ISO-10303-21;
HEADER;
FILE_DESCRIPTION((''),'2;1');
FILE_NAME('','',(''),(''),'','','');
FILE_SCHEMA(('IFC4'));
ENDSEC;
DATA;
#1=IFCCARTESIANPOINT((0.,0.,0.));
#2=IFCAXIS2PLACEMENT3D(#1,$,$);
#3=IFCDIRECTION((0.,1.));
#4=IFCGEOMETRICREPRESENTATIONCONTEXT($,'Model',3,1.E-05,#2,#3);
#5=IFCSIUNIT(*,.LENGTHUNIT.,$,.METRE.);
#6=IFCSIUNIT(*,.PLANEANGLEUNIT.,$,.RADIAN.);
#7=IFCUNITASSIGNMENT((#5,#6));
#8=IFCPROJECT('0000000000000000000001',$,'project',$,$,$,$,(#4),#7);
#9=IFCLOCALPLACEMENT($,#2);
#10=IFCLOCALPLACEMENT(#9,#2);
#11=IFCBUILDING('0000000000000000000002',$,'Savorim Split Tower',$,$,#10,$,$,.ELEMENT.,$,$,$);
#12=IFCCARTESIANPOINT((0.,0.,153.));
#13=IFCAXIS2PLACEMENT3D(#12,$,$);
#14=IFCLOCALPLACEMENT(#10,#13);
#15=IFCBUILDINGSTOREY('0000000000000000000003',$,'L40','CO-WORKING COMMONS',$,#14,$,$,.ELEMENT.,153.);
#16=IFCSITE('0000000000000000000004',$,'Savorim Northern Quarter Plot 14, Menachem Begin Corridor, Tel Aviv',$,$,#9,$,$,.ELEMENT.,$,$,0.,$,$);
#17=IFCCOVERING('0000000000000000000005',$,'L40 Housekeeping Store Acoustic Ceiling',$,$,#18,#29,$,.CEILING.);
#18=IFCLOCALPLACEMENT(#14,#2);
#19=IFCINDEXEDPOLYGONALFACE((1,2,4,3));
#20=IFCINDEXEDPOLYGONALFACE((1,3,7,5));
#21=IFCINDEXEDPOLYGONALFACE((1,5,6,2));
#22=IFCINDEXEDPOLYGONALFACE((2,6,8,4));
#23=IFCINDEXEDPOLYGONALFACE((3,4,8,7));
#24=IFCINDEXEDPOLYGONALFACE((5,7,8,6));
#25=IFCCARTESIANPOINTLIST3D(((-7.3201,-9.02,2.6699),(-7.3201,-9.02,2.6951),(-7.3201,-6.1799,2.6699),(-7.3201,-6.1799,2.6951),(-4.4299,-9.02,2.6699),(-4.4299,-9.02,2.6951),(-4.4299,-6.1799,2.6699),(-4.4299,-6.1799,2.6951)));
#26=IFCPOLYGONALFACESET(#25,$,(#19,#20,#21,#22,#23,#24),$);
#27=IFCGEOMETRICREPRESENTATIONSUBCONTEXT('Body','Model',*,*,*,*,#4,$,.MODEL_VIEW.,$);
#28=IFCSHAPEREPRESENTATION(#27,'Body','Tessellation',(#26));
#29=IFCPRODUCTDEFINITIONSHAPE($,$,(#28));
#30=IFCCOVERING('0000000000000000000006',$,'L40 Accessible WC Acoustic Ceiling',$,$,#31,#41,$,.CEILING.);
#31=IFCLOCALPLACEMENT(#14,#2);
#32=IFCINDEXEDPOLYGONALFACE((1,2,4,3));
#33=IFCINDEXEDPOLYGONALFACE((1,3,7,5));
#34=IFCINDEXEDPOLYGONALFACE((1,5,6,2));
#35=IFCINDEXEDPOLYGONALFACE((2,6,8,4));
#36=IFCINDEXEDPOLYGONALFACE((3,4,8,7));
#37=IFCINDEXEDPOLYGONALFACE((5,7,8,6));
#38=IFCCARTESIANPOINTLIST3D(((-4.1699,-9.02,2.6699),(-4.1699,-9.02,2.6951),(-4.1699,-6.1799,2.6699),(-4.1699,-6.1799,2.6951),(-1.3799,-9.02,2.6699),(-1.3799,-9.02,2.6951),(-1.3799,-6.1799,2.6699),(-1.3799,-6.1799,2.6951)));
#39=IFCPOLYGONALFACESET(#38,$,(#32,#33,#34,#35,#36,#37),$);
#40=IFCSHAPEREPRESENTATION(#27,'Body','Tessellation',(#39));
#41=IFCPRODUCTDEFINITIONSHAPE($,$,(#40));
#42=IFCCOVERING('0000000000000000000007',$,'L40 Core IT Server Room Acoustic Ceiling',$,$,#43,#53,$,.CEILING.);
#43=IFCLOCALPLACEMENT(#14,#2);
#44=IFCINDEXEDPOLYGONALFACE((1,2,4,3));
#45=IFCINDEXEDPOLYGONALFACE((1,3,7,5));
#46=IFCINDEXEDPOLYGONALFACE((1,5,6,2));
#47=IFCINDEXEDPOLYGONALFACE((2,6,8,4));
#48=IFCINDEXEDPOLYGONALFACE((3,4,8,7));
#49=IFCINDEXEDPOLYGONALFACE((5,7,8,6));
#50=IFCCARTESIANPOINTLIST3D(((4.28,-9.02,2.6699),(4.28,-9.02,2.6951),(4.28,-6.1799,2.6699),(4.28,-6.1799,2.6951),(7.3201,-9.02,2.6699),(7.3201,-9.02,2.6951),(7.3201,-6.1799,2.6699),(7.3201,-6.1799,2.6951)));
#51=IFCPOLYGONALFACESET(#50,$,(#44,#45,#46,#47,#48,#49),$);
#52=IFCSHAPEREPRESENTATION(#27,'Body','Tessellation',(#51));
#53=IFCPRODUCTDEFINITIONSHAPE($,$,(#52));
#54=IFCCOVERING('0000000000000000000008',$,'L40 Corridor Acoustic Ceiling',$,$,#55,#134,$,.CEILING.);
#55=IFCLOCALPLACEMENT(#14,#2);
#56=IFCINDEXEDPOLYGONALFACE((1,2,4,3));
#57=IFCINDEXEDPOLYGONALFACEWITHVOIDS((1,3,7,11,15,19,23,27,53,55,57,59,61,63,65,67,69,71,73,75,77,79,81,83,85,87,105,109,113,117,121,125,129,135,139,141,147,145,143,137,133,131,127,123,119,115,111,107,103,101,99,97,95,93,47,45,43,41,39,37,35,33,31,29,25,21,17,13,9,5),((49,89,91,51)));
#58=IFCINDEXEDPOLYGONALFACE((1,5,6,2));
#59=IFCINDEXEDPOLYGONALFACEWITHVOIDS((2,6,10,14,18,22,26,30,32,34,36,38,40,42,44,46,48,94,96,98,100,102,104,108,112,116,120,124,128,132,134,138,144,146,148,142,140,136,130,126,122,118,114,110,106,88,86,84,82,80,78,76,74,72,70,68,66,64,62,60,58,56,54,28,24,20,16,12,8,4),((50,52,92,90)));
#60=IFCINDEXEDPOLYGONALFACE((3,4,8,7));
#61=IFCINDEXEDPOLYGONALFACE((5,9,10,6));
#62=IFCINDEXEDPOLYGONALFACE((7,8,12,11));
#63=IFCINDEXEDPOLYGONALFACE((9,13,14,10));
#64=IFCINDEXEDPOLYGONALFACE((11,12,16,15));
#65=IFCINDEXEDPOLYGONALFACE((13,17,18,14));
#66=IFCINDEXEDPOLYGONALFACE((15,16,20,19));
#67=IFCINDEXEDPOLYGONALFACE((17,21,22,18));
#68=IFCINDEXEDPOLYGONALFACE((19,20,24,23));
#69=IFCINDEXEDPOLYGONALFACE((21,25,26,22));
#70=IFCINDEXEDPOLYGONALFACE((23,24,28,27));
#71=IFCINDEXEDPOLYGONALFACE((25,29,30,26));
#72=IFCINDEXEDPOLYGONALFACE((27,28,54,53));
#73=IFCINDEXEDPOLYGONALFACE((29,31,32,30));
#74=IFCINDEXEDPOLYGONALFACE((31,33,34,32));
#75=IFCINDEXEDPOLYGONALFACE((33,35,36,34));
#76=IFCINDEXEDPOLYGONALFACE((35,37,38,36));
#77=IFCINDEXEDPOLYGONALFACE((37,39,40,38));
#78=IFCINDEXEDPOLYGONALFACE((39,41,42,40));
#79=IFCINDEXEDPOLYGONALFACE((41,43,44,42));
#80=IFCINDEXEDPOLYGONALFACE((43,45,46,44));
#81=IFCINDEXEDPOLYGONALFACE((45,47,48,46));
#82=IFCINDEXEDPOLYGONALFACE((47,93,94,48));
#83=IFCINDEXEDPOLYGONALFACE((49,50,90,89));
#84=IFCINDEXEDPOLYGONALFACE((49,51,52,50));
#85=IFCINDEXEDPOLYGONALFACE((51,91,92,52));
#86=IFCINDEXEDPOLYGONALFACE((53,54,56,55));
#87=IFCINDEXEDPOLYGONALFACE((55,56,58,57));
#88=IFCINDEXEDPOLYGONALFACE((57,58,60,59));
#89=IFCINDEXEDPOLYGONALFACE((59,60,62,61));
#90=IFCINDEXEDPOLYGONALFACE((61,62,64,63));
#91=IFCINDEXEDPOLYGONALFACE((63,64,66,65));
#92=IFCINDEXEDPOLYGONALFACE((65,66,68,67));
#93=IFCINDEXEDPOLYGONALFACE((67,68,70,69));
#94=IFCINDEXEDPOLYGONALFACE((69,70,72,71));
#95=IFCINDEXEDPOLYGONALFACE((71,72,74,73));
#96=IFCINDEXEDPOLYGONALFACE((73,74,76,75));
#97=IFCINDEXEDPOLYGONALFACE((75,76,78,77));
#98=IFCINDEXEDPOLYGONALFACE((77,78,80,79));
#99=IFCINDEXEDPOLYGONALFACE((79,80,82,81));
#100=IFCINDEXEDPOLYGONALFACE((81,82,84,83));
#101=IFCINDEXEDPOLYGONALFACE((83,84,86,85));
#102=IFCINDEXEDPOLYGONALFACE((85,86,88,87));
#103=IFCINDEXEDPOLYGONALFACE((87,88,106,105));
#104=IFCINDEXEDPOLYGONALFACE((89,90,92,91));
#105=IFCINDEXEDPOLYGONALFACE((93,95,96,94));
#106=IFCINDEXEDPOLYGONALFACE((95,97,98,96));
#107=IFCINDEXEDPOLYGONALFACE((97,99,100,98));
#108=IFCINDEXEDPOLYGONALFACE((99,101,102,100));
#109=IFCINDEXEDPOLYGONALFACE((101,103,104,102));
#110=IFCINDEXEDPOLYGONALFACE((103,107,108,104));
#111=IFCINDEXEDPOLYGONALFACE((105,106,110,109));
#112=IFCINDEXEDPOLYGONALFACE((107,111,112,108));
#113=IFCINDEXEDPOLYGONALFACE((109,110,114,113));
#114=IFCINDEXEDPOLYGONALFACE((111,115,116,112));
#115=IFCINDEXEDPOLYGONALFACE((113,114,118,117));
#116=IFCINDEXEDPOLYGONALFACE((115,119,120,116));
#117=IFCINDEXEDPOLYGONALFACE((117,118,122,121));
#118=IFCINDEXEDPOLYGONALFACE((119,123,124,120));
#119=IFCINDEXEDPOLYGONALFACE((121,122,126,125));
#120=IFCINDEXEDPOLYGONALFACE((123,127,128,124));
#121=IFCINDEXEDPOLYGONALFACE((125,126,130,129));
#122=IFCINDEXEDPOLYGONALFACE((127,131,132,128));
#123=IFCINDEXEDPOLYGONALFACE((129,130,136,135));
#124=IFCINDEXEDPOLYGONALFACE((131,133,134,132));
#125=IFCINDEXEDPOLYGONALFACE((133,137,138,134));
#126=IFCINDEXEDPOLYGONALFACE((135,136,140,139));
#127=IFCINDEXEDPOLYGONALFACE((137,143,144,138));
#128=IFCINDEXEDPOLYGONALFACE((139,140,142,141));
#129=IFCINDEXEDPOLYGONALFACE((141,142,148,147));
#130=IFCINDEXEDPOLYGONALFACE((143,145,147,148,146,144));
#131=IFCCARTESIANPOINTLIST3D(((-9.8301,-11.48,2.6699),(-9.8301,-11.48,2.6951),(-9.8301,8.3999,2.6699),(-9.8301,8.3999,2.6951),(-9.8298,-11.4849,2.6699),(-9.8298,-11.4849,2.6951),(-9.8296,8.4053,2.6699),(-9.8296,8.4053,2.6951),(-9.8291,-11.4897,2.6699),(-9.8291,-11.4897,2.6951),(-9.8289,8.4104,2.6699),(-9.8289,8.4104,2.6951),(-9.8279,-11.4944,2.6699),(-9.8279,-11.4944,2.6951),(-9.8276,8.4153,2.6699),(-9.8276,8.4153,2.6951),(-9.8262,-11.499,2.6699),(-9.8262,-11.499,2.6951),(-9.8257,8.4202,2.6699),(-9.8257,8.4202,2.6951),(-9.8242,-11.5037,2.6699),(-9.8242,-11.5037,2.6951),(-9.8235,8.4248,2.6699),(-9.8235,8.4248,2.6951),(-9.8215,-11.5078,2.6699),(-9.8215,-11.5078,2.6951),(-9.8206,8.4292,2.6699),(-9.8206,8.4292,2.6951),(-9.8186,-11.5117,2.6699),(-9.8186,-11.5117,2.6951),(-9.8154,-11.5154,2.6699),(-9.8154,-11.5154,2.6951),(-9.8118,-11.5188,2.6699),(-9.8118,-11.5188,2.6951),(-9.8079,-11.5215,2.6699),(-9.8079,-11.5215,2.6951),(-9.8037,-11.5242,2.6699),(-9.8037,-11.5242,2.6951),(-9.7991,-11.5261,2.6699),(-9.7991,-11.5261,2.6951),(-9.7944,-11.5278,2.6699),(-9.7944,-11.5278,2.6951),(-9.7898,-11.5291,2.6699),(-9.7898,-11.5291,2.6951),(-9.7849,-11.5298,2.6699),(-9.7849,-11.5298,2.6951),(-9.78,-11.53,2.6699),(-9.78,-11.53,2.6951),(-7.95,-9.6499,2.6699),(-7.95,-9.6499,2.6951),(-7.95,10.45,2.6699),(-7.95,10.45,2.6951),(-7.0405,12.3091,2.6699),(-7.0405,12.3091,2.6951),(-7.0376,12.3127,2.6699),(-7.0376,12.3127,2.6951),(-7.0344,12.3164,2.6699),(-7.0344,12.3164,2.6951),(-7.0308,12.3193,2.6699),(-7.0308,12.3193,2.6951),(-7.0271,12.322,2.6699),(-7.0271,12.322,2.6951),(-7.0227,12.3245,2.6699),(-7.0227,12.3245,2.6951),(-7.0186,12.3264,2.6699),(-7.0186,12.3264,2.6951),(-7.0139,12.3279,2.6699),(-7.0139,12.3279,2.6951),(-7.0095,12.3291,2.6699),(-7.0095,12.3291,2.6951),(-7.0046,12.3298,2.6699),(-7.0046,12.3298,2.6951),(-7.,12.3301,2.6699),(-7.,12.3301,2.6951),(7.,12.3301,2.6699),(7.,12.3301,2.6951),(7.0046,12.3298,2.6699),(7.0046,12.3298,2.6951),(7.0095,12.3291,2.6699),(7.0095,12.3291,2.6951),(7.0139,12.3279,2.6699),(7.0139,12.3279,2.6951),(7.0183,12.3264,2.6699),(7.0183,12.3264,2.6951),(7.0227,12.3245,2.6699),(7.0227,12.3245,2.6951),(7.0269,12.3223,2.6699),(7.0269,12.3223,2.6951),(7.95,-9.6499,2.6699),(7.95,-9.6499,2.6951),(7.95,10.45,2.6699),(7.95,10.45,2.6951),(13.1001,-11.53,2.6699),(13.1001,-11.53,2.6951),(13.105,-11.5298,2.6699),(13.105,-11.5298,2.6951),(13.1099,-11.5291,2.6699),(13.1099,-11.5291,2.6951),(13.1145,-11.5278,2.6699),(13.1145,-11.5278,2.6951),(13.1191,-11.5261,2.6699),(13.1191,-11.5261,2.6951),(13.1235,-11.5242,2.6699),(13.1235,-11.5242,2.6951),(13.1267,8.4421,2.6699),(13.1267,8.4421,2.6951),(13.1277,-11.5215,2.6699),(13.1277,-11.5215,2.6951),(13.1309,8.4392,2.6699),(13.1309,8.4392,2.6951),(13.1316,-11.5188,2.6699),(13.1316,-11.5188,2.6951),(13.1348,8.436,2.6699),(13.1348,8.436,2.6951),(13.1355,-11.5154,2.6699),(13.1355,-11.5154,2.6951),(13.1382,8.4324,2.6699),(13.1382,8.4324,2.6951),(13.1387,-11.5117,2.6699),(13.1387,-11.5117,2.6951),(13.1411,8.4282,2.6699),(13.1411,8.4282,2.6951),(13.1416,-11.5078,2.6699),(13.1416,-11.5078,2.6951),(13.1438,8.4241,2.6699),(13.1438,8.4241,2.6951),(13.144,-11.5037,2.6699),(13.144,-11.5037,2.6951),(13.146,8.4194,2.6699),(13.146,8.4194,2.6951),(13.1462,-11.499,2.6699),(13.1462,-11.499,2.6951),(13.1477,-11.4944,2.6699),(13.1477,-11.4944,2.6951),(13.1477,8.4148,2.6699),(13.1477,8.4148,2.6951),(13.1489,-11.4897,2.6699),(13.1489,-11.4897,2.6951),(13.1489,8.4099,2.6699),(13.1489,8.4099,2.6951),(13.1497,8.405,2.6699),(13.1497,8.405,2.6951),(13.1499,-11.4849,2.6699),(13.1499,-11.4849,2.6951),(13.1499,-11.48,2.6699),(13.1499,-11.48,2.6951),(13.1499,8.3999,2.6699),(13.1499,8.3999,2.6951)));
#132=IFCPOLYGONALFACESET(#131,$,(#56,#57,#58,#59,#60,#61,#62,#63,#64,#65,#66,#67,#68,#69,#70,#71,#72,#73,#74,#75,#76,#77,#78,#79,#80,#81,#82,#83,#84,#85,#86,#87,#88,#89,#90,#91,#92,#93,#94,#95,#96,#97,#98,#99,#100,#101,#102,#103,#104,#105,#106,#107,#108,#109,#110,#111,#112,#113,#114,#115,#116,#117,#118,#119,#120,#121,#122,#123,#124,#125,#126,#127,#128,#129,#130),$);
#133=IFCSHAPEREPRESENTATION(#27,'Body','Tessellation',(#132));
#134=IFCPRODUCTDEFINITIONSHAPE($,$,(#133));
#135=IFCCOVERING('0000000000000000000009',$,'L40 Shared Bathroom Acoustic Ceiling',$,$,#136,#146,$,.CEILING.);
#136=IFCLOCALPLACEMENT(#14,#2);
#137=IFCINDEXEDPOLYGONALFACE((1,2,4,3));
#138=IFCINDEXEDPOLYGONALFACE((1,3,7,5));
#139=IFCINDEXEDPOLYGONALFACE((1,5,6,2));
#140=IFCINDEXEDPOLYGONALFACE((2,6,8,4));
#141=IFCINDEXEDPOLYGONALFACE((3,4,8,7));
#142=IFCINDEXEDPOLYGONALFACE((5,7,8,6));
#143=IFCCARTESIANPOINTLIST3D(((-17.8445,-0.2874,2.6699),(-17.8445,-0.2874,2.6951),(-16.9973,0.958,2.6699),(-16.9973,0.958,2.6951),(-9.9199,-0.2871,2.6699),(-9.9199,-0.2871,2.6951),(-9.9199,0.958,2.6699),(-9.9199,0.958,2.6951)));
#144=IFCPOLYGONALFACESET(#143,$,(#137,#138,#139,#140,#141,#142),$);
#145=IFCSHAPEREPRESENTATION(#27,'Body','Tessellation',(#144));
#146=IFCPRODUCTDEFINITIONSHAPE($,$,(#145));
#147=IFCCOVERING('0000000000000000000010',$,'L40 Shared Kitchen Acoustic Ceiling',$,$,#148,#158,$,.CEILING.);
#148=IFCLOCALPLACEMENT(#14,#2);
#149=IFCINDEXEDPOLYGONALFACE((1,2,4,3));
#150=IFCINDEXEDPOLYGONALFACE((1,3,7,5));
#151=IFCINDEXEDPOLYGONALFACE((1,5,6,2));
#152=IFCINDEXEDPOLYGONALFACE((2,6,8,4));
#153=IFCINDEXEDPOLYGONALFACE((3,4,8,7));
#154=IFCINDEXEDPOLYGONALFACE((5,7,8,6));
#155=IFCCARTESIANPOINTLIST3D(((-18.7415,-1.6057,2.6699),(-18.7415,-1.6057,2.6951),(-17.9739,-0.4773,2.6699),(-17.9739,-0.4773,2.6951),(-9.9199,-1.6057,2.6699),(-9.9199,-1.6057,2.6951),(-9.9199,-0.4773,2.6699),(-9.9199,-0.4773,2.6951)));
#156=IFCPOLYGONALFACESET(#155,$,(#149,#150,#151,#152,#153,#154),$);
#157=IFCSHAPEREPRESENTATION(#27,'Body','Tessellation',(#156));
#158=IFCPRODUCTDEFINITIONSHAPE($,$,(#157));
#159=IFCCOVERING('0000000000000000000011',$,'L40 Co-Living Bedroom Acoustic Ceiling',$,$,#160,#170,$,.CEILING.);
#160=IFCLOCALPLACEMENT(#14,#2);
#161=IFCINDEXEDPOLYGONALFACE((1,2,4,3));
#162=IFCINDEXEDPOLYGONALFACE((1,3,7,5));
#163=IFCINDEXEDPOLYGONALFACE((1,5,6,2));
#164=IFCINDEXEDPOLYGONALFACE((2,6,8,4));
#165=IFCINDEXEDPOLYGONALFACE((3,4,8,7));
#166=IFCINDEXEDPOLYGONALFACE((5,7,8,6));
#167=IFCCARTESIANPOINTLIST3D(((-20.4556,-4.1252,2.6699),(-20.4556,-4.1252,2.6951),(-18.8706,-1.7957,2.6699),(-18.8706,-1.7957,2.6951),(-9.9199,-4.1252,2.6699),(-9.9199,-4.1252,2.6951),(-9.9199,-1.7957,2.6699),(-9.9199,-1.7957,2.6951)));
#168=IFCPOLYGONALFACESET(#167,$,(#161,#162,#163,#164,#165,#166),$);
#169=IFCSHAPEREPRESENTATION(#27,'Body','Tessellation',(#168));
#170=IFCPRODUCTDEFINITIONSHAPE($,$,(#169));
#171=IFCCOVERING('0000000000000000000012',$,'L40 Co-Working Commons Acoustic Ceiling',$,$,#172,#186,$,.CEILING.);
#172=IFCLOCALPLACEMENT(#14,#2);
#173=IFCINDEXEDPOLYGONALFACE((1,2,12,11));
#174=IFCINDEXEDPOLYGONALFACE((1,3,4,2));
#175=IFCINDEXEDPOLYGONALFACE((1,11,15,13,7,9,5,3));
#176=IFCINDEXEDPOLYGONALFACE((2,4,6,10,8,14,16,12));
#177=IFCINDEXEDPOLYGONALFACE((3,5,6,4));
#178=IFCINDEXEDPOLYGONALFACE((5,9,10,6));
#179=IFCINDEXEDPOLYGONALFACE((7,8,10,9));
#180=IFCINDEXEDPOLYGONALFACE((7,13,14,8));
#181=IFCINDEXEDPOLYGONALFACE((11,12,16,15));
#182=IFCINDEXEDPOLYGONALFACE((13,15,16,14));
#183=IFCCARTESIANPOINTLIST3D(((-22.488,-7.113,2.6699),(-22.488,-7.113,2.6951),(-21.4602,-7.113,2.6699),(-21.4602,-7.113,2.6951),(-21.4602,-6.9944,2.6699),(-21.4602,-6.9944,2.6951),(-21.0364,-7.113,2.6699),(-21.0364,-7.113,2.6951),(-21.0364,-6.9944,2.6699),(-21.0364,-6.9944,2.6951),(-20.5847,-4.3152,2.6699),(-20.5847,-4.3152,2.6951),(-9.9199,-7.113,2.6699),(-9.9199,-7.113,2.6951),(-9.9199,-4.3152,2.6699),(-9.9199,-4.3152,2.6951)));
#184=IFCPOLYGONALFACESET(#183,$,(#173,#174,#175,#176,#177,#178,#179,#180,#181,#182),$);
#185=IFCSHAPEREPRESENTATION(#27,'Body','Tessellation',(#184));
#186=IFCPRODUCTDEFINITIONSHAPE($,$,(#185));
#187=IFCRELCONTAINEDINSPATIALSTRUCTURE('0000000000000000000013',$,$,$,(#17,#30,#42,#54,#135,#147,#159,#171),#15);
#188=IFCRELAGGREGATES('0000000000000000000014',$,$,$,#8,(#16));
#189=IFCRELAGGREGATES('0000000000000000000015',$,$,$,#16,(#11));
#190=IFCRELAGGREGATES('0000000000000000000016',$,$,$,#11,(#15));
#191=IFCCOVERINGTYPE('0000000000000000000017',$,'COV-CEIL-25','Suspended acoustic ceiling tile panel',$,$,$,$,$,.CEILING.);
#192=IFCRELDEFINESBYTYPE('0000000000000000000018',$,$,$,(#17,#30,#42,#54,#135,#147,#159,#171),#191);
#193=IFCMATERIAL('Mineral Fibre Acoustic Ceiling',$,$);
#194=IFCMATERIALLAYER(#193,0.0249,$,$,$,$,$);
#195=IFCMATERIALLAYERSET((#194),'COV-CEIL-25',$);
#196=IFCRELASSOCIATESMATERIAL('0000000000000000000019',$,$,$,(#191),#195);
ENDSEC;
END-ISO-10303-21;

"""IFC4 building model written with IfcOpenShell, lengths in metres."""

from ifc_helpers import new_model, si_unit, direction, frame, origin, place, context, subcontext, project, spatial, polyline, outline, extrude, material, layer, layer_set, type_object, element, save


model = new_model("IFC4")

# Units and contexts
model_context = context("Model", 3, precision=1e-05, world=origin(), true_north=direction((0.0, 1.0)))
body_context = subcontext(model_context, "Body", "Model", "MODEL_VIEW")
ifc_project = project(units=[si_unit("LENGTHUNIT", "METRE"), si_unit("PLANEANGLEUNIT", "RADIAN")], contexts=[model_context])

# Site, building, storey
site_placement = place(None, origin())
site = spatial("IfcSite", under=ifc_project, at=site_placement, Name="Savorim Northern Quarter Plot 14, Menachem Begin Corridor, Tel Aviv", CompositionType="ELEMENT", RefElevation=0.0)
building_placement = place(site_placement, origin())
building = spatial("IfcBuilding", under=site, at=building_placement, Name="Savorim Split Tower", CompositionType="ELEMENT")
storey_placement = place(building_placement, frame((0.0, 0.0, 153.0)))
storey = spatial("IfcBuildingStorey", under=building, at=storey_placement, Name="L40", Description="CO-WORKING COMMONS", CompositionType="ELEMENT", Elevation=153.0)

# Coverings
ifc_material_1 = material(Name="Mineral Fibre Acoustic Ceiling")
ifc_layer_1 = layer(ifc_material_1, 0.0249)
ifc_layer_set_1 = layer_set([ifc_layer_1], Name="COV-CEIL-25")
covering_type_1 = type_object("IfcCoveringType", Name="COV-CEIL-25", Description="Suspended acoustic ceiling tile panel", PredefinedType="CEILING", material=ifc_layer_set_1)
covering_1_placement = place(storey_placement, frame((0.0, 0.0, 2.6699)))
element("IfcCovering", 1, at=covering_1_placement, inside=storey, type_object=covering_type_1, Name="L40 Housekeeping Store Acoustic Ceiling", PredefinedType="CEILING", context=body_context, shape_type="SweptSolid", body=[
    extrude(outline(polyline([(-7.3201, -6.1799), (-7.3201, -9.02), (-4.4299, -9.02), (-4.4299, -6.1799), (-7.3201, -6.1799)])), origin(), (0.0, 0.0, 1.0), 0.0251),
])
covering_2_placement = place(storey_placement, frame((0.0, 0.0, 2.6699)))
element("IfcCovering", 2, at=covering_2_placement, inside=storey, type_object=covering_type_1, Name="L40 Accessible WC Acoustic Ceiling", PredefinedType="CEILING", context=body_context, shape_type="SweptSolid", body=[
    extrude(outline(polyline([(-4.1699, -6.1799), (-4.1699, -9.02), (-1.3799, -9.02), (-1.3799, -6.1799), (-4.1699, -6.1799)])), origin(), (0.0, 0.0, 1.0), 0.0251),
])
covering_3_placement = place(storey_placement, frame((0.0, 0.0, 2.6699)))
element("IfcCovering", 3, at=covering_3_placement, inside=storey, type_object=covering_type_1, Name="L40 Core IT Server Room Acoustic Ceiling", PredefinedType="CEILING", context=body_context, shape_type="SweptSolid", body=[
    extrude(outline(polyline([(4.28, -6.1799), (4.28, -9.02), (7.3201, -9.02), (7.3201, -6.1799), (4.28, -6.1799)])), origin(), (0.0, 0.0, 1.0), 0.0251),
])
covering_4_placement = place(storey_placement, frame((0.0, 0.0, 2.6699)))
element("IfcCovering", 4, at=covering_4_placement, inside=storey, type_object=covering_type_1, Name="L40 Corridor Acoustic Ceiling", PredefinedType="CEILING", context=body_context, shape_type="SweptSolid", body=[
    extrude(outline(polyline([(7.0095, 12.3291), (7.0046, 12.3298), (7.0, 12.3301), (-7.0, 12.3301), (-7.0046, 12.3298), (-7.0095, 12.3291), (-7.0139, 12.3279), (-7.0186, 12.3264), (-7.0227, 12.3245), (-7.0271, 12.322), (-7.0308, 12.3193), (-7.0344, 12.3164), (-7.0376, 12.3127), (-7.0405, 12.3091), (-9.8206, 8.4292), (-9.8235, 8.4248), (-9.8257, 8.4202), (-9.8276, 8.4153), (-9.8289, 8.4104), (-9.8296, 8.4053), (-9.8301, 8.3999), (-9.8301, -11.48), (-9.8298, -11.4849), (-9.8291, -11.4897), (-9.8279, -11.4944), (-9.8262, -11.499), (-9.8242, -11.5037), (-9.8215, -11.5078), (-9.8186, -11.5117), (-9.8154, -11.5154), (-9.8118, -11.5188), (-9.8079, -11.5215), (-9.8037, -11.5242), (-9.7991, -11.5261), (-9.7944, -11.5278), (-9.7898, -11.5291), (-9.7849, -11.5298), (-9.78, -11.53), (13.1001, -11.53), (13.105, -11.5298), (13.1099, -11.5291), (13.1145, -11.5278), (13.1191, -11.5261), (13.1235, -11.5242), (13.1277, -11.5215), (13.1316, -11.5188), (13.1355, -11.5154), (13.1387, -11.5117), (13.1416, -11.5078), (13.144, -11.5037), (13.1462, -11.499), (13.1477, -11.4944), (13.1489, -11.4897), (13.1499, -11.4849), (13.1499, -11.48), (13.1499, 8.3999), (13.1497, 8.405), (13.1489, 8.4099), (13.1477, 8.4148), (13.146, 8.4194), (13.1438, 8.4241), (13.1411, 8.4282), (13.1382, 8.4324), (13.1348, 8.436), (13.1309, 8.4392), (13.1267, 8.4421), (7.0269, 12.3223), (7.0227, 12.3245), (7.0183, 12.3264), (7.0139, 12.3279), (7.0095, 12.3291)]), holes=[polyline([(-7.95, 10.45), (-7.95, -9.6499), (7.95, -9.6499), (7.95, 10.45), (-7.95, 10.45)])]), origin(), (0.0, 0.0, 1.0), 0.0251),
])
covering_5_placement = place(storey_placement, frame((0.0, 0.0, 2.6699)))
element("IfcCovering", 5, at=covering_5_placement, inside=storey, type_object=covering_type_1, Name="L40 Shared Bathroom Acoustic Ceiling", PredefinedType="CEILING", context=body_context, shape_type="SweptSolid", body=[
    extrude(outline(polyline([(-16.9973, 0.958), (-17.8445, -0.2874), (-9.9199, -0.2871), (-9.9199, 0.958), (-16.9973, 0.958)])), origin(), (0.0, 0.0, 1.0), 0.0251),
])
covering_6_placement = place(storey_placement, frame((0.0, 0.0, 2.6699)))
element("IfcCovering", 6, at=covering_6_placement, inside=storey, type_object=covering_type_1, Name="L40 Shared Kitchen Acoustic Ceiling", PredefinedType="CEILING", context=body_context, shape_type="SweptSolid", body=[
    extrude(outline(polyline([(-17.9739, -0.4773), (-18.7415, -1.6057), (-9.9199, -1.6057), (-9.9199, -0.4773), (-17.9739, -0.4773)])), origin(), (0.0, 0.0, 1.0), 0.0251),
])
covering_7_placement = place(storey_placement, frame((0.0, 0.0, 2.6699)))
element("IfcCovering", 7, at=covering_7_placement, inside=storey, type_object=covering_type_1, Name="L40 Co-Living Bedroom Acoustic Ceiling", PredefinedType="CEILING", context=body_context, shape_type="SweptSolid", body=[
    extrude(outline(polyline([(-18.8706, -1.7957), (-20.4556, -4.1252), (-9.9199, -4.1252), (-9.9199, -1.7957), (-18.8706, -1.7957)])), origin(), (0.0, 0.0, 1.0), 0.0251),
])
covering_8_placement = place(storey_placement, frame((0.0, 0.0, 2.6699)))
element("IfcCovering", 8, at=covering_8_placement, inside=storey, type_object=covering_type_1, Name="L40 Co-Working Commons Acoustic Ceiling", PredefinedType="CEILING", context=body_context, shape_type="SweptSolid", body=[
    extrude(outline(polyline([(-21.0364, -6.9944), (-21.0364, -7.113), (-9.9199, -7.113), (-9.9199, -4.3152), (-20.5847, -4.3152), (-22.488, -7.113), (-21.4602, -7.113), (-21.4602, -6.9944), (-21.0364, -6.9944)])), origin(), (0.0, 0.0, 1.0), 0.0251),
])

save(model, "model.ifc")
